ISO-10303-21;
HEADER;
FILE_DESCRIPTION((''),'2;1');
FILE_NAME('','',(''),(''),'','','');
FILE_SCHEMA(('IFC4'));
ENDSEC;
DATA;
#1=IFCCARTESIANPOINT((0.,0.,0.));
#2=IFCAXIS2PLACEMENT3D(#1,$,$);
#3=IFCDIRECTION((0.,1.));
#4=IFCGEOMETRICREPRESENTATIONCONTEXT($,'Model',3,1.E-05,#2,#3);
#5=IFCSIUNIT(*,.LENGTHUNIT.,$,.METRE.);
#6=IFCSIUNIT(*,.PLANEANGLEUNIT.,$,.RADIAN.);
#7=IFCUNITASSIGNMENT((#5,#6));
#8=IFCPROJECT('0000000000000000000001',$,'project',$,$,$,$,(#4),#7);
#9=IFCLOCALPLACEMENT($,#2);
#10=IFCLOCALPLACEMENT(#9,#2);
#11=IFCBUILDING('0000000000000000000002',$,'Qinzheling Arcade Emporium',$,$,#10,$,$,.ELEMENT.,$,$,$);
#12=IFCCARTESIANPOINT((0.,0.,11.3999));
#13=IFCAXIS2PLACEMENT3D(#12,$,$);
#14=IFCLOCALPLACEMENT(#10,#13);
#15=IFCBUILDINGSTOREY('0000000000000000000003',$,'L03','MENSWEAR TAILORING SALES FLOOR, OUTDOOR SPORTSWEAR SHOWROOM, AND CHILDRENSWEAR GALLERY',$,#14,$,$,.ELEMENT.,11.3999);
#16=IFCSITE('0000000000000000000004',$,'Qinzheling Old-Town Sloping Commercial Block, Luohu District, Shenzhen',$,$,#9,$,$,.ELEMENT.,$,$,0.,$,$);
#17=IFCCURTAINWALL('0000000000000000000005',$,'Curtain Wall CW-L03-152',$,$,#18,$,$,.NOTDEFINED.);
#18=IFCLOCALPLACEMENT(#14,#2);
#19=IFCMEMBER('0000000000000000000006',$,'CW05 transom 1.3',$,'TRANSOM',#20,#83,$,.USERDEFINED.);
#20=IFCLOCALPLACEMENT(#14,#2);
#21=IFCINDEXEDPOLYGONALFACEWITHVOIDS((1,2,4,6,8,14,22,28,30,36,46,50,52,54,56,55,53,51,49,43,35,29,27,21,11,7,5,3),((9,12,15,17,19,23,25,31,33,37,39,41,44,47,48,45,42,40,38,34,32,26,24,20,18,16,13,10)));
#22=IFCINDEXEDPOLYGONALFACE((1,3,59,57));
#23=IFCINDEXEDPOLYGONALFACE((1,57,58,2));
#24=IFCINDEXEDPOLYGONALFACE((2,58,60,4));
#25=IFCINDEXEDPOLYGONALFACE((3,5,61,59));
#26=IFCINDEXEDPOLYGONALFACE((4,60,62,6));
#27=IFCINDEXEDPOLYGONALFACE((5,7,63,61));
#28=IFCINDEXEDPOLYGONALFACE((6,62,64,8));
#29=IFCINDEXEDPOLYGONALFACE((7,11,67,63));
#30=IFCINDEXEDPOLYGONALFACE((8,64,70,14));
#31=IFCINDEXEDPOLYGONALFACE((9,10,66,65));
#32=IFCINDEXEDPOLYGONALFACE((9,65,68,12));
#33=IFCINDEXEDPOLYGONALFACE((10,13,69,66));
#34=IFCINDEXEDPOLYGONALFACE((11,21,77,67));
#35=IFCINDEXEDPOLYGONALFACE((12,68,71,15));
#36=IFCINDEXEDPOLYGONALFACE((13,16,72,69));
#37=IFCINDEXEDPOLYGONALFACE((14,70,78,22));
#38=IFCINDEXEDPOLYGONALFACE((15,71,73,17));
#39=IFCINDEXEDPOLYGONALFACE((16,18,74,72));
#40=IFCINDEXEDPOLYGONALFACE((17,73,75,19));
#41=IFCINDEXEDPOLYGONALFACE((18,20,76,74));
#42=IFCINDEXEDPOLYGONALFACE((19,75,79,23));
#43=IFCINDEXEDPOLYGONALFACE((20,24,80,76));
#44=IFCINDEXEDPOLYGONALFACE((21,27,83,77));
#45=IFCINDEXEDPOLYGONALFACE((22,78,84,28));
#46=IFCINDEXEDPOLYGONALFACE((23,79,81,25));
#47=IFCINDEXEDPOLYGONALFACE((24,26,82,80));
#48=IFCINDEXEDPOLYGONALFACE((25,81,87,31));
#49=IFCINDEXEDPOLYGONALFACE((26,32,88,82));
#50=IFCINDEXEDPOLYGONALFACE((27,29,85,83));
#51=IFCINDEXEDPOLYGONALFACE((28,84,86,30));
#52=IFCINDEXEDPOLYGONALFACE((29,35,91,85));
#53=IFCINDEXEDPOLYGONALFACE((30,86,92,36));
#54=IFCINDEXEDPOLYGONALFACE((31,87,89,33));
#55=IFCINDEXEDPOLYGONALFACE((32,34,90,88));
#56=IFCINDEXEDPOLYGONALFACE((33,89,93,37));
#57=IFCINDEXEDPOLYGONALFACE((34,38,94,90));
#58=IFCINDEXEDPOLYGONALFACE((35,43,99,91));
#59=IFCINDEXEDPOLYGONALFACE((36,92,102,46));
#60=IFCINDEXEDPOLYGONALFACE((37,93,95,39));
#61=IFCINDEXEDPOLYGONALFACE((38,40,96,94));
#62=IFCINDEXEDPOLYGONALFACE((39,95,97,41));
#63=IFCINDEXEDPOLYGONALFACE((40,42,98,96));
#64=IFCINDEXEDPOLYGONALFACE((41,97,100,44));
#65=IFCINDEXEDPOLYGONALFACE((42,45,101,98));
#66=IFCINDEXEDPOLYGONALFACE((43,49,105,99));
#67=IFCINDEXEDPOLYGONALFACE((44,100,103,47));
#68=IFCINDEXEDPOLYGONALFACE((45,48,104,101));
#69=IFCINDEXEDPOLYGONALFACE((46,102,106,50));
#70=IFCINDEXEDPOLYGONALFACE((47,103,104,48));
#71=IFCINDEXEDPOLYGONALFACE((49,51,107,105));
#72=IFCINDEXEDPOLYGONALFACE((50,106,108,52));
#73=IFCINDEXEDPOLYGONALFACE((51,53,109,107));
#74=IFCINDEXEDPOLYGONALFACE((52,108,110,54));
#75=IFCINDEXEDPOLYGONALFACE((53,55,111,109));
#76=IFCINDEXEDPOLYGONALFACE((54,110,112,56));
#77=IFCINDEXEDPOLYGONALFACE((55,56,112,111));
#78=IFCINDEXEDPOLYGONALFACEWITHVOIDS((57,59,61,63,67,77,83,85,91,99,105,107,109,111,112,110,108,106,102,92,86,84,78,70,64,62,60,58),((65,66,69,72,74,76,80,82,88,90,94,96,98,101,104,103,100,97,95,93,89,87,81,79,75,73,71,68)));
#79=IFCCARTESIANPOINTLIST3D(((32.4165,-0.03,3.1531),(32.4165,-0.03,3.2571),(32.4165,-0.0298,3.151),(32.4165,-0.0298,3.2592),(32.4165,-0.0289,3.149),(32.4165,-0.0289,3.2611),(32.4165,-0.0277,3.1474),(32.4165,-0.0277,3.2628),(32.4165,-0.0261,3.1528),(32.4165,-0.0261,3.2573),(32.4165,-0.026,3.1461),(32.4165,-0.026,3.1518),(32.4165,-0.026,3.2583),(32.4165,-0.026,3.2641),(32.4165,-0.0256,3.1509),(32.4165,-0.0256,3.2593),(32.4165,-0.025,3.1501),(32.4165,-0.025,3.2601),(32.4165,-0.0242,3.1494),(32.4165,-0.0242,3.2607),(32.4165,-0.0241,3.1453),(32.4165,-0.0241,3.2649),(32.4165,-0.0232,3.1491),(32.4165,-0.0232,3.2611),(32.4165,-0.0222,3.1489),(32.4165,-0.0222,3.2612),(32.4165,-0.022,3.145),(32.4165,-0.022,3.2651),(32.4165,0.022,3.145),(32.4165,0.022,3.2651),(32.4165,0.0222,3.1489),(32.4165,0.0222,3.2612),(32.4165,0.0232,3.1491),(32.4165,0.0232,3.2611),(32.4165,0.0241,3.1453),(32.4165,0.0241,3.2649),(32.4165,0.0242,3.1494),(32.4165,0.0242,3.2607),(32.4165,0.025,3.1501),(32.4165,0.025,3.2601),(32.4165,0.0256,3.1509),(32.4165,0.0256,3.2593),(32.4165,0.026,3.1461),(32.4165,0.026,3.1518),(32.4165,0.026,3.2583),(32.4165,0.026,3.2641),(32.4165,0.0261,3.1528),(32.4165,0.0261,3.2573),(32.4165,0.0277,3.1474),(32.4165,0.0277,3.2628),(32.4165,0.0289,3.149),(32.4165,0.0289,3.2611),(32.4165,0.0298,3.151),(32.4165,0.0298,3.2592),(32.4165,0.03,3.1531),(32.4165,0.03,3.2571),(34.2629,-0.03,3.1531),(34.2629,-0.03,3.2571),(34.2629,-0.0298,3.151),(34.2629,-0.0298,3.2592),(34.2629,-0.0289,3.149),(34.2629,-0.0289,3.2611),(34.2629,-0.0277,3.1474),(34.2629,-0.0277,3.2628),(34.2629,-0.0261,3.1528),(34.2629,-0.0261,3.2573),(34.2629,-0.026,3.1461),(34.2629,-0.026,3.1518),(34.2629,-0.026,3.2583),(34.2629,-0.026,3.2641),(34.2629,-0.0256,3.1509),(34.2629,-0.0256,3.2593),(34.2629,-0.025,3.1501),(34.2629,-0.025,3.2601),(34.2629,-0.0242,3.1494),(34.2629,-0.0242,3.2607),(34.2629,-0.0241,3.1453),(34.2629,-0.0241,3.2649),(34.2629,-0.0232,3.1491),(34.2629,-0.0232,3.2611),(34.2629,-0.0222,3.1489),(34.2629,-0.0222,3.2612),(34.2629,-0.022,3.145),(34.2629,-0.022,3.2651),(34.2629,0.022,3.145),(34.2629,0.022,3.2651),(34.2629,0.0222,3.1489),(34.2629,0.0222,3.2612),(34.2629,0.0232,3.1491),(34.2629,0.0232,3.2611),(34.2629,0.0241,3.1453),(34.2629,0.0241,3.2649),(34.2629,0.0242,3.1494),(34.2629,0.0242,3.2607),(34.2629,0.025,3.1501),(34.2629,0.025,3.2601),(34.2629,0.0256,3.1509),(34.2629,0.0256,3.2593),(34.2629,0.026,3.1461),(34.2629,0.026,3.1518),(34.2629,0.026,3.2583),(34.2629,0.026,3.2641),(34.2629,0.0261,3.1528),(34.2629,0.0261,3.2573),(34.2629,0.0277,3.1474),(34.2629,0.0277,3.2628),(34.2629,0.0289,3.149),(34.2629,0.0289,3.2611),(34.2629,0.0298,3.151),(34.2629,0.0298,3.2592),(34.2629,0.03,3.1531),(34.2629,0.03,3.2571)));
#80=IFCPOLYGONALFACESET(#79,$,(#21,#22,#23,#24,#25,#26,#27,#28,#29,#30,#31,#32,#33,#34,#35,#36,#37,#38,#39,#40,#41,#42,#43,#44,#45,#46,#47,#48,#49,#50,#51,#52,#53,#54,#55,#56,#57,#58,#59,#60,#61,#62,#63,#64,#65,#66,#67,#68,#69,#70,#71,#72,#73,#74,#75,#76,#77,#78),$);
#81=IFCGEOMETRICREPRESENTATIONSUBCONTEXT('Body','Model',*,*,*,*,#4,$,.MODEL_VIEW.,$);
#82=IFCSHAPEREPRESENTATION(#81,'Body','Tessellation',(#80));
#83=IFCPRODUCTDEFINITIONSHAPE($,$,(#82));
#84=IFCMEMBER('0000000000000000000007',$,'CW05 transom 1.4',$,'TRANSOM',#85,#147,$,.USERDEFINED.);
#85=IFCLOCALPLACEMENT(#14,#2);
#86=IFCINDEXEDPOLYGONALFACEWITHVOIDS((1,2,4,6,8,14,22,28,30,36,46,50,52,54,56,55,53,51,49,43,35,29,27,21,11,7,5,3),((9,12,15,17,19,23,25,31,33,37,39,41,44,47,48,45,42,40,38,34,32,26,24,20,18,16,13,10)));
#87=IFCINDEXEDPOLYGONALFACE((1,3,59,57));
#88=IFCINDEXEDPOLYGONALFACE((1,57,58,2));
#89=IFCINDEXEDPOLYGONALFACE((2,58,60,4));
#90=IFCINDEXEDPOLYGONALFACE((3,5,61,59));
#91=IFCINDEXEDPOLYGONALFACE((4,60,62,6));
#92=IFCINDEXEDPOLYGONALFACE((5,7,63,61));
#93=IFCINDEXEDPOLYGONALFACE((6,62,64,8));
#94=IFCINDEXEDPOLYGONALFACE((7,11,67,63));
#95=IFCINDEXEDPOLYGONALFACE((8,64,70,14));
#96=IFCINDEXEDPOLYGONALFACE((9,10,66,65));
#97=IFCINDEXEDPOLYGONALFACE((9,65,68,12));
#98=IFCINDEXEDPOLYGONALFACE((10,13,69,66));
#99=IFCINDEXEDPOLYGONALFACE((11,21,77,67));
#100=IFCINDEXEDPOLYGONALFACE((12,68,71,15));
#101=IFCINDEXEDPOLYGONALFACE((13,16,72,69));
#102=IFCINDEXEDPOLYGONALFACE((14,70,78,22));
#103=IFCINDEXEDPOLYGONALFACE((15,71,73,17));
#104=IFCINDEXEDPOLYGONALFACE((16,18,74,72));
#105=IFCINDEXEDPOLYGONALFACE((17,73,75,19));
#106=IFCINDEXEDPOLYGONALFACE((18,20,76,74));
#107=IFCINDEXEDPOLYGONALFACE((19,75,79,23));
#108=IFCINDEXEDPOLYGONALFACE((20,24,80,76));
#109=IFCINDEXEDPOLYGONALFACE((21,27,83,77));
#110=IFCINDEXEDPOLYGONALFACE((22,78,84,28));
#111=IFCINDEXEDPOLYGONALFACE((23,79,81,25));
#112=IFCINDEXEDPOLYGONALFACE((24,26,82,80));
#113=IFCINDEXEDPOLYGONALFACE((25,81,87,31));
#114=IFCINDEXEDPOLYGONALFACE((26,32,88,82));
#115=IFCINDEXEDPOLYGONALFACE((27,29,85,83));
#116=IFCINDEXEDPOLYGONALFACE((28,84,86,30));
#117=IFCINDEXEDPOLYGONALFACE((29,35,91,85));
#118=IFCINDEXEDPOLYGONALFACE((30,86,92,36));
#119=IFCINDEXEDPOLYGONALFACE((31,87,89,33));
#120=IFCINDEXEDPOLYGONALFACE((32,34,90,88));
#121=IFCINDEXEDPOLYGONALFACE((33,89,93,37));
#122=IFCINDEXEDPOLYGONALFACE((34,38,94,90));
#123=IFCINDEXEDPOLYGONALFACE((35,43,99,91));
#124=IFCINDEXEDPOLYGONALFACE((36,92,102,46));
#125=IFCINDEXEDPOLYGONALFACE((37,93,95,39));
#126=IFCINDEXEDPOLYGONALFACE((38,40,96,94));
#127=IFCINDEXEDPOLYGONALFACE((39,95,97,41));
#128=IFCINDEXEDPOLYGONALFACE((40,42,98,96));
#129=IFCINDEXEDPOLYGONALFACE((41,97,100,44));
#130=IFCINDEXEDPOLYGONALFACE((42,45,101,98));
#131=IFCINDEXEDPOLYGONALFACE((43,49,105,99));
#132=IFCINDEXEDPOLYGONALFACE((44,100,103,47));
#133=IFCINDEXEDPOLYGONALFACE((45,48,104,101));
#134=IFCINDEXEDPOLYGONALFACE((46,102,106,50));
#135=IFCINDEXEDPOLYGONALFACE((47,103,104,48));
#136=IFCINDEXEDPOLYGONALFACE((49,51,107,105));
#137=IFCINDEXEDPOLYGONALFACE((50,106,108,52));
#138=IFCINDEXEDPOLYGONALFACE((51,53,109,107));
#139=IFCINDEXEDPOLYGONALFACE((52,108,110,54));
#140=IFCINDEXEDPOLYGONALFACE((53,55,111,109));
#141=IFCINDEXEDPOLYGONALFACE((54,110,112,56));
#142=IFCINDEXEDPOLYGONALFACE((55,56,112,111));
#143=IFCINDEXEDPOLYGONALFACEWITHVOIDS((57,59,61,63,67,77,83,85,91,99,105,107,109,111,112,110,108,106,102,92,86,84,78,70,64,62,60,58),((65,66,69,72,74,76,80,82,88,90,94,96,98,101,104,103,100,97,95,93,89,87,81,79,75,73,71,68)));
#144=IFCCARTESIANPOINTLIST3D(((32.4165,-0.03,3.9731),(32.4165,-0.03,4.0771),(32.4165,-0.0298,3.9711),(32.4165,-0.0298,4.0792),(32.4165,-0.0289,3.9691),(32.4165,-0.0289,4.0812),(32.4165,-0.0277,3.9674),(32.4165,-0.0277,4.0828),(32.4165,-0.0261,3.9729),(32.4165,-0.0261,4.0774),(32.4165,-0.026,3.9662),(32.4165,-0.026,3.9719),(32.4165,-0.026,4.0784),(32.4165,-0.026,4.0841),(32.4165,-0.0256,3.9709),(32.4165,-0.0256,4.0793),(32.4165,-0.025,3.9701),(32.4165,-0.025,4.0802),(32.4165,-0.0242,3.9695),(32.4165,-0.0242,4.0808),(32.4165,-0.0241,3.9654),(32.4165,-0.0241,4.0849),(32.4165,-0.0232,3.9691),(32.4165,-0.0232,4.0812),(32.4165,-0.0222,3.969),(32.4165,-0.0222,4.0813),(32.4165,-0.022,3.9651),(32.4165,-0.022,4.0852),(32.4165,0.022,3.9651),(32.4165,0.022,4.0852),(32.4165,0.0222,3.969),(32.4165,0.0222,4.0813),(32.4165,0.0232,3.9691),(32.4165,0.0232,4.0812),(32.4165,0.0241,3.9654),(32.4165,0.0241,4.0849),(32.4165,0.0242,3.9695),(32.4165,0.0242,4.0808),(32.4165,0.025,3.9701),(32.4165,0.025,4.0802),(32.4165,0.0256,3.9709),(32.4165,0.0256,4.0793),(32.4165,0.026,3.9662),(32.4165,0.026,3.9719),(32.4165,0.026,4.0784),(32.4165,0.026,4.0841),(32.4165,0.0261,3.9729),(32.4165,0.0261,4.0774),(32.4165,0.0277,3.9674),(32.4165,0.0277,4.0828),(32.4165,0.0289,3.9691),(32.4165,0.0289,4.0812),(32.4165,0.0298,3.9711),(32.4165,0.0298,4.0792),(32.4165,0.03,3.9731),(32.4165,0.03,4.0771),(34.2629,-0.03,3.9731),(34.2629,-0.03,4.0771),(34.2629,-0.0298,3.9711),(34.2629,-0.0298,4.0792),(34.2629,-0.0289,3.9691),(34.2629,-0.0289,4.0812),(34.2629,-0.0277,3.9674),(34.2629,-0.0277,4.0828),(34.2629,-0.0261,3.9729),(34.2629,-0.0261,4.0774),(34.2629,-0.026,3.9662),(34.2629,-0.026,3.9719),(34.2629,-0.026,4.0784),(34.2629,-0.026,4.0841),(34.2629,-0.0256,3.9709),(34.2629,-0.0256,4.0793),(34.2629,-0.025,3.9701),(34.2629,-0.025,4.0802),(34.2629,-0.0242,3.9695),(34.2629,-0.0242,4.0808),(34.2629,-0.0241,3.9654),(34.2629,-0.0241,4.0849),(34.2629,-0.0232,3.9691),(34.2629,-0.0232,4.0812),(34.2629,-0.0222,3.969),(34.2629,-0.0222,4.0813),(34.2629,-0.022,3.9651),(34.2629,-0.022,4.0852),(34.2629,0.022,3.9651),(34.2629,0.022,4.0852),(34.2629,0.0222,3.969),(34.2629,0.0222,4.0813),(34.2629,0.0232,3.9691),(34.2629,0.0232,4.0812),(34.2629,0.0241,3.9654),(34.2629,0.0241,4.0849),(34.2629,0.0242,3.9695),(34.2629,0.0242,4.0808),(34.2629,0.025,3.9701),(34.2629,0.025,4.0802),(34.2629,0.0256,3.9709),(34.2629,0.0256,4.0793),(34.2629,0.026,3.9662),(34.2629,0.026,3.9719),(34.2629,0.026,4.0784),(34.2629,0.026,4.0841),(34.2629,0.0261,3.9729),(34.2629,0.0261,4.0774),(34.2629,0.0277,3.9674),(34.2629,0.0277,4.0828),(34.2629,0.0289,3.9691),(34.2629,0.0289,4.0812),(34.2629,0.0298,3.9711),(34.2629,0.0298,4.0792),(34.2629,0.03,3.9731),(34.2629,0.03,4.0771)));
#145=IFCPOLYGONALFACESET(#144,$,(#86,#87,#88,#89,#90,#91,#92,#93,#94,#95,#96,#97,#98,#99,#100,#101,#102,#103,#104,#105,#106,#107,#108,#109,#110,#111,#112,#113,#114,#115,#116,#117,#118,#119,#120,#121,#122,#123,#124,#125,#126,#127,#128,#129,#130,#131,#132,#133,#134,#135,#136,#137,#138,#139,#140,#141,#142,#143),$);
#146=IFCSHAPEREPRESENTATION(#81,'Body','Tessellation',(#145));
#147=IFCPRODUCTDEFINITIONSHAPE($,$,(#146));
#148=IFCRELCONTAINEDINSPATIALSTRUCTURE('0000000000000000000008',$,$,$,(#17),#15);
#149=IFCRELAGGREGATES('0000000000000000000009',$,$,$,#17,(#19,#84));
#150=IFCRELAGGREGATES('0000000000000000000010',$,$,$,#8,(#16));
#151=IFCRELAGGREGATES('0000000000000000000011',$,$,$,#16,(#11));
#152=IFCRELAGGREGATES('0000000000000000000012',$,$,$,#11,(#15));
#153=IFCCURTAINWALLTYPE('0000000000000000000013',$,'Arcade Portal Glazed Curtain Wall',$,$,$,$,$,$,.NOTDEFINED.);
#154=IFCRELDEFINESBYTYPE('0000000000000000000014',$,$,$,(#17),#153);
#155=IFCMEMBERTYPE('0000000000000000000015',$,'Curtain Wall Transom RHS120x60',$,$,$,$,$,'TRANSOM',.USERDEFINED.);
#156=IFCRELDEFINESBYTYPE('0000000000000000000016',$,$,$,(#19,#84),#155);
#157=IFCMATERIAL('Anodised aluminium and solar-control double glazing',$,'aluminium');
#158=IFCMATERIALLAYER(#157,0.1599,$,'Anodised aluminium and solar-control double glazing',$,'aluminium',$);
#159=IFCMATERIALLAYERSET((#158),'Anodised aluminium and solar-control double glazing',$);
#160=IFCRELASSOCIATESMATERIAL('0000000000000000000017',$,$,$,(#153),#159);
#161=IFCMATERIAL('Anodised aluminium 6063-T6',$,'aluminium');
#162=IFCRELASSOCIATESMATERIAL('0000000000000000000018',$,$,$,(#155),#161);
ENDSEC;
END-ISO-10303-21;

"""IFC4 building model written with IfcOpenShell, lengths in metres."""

from ifc_helpers import new_model, si_unit, direction, frame, origin, origin_2d, place, context, subcontext, project, spatial, hollow_rectangle, extrude, material, layer, layer_set, material_profile, profile_set, type_object, element, aggregate, save


model = new_model("IFC4")

# Units and contexts
model_context = context("Model", 3, precision=1e-05, world=origin(), true_north=direction((0.0, 1.0)))
body_context = subcontext(model_context, "Body", "Model", "MODEL_VIEW")
ifc_project = project(units=[si_unit("LENGTHUNIT", "METRE"), si_unit("PLANEANGLEUNIT", "RADIAN")], contexts=[model_context])

# Site, building, storey
site_placement = place(None, origin())
site = spatial("IfcSite", under=ifc_project, at=site_placement, Name="Qinzheling Old-Town Sloping Commercial Block, Luohu District, Shenzhen", CompositionType="ELEMENT", RefElevation=0.0)
building_placement = place(site_placement, origin())
building = spatial("IfcBuilding", under=site, at=building_placement, Name="Qinzheling Arcade Emporium", CompositionType="ELEMENT")
storey_placement = place(building_placement, frame((0.0, 0.0, 11.3999)))
storey = spatial("IfcBuildingStorey", under=building, at=storey_placement, Name="L03", Description="MENSWEAR TAILORING SALES FLOOR, OUTDOOR SPORTSWEAR SHOWROOM, AND CHILDRENSWEAR GALLERY", CompositionType="ELEMENT", Elevation=11.3999)

# Curtain wall, members
ifc_material_1 = material(Name="Anodised aluminium and solar-control double glazing", Category="aluminium")
ifc_layer_1 = layer(ifc_material_1, 0.1599, Name="Anodised aluminium and solar-control double glazing", Category="aluminium")
ifc_layer_set_1 = layer_set([ifc_layer_1], Name="Anodised aluminium and solar-control double glazing")
curtain_wall_type = type_object("IfcCurtainWallType", Name="Arcade Portal Glazed Curtain Wall", PredefinedType="NOTDEFINED", material=ifc_layer_set_1)
curtain_wall_placement = place(storey_placement, origin())
curtain_wall = element("IfcCurtainWall", 1, at=curtain_wall_placement, inside=storey, type_object=curtain_wall_type, Name="Curtain Wall CW-L03-152", PredefinedType="NOTDEFINED")
ifc_material_2 = material(Name="Anodised aluminium 6063-T6", Category="aluminium")
ifc_material_profile_1 = material_profile(ifc_material_2, hollow_rectangle(XDim=0.0601, YDim=0.1201, WallThickness=0.0039, InnerFilletRadius=0.0039, OuterFilletRadius=0.0081, at=origin_2d()), Name="RHS 120x60x4", Category="aluminium")
ifc_profile_set_1 = profile_set([ifc_material_profile_1], Name="Anodised aluminium 6063-T6")
member_type_1 = type_object("IfcMemberType", Name="Curtain Wall Transom RHS120x60", ElementType="TRANSOM", PredefinedType="USERDEFINED", material=ifc_profile_set_1)
member_1_placement = place(storey_placement, frame((34.2629, 0.0, 3.2051), z_axis=(-1.0, 0.0, 0.0), x_axis=(0.0, -1.0, 0.0)))
member_1 = element("IfcMember", 2, at=member_1_placement, type_object=member_type_1, Name="CW05 transom 1.3", ObjectType="TRANSOM", PredefinedType="USERDEFINED", context=body_context, shape_type="SweptSolid", body=[
    extrude(hollow_rectangle(XDim=0.0601, YDim=0.1201, WallThickness=0.0039, InnerFilletRadius=0.0039, OuterFilletRadius=0.0081, at=origin_2d()), origin(), (0.0, 0.0, 1.0), 1.8464),
])
member_2_placement = place(storey_placement, frame((34.2629, 0.0, 4.0251), z_axis=(-1.0, 0.0, 0.0), x_axis=(0.0, -1.0, 0.0)))
member_2 = element("IfcMember", 3, at=member_2_placement, type_object=member_type_1, Name="CW05 transom 1.4", ObjectType="TRANSOM", PredefinedType="USERDEFINED", context=body_context, shape_type="SweptSolid", body=[
    extrude(hollow_rectangle(XDim=0.0601, YDim=0.1201, WallThickness=0.0039, InnerFilletRadius=0.0039, OuterFilletRadius=0.0081, at=origin_2d()), origin(), (0.0, 0.0, 1.0), 1.8464),
])

aggregate(curtain_wall, [member_1, member_2])

save(model, "model.ifc")
